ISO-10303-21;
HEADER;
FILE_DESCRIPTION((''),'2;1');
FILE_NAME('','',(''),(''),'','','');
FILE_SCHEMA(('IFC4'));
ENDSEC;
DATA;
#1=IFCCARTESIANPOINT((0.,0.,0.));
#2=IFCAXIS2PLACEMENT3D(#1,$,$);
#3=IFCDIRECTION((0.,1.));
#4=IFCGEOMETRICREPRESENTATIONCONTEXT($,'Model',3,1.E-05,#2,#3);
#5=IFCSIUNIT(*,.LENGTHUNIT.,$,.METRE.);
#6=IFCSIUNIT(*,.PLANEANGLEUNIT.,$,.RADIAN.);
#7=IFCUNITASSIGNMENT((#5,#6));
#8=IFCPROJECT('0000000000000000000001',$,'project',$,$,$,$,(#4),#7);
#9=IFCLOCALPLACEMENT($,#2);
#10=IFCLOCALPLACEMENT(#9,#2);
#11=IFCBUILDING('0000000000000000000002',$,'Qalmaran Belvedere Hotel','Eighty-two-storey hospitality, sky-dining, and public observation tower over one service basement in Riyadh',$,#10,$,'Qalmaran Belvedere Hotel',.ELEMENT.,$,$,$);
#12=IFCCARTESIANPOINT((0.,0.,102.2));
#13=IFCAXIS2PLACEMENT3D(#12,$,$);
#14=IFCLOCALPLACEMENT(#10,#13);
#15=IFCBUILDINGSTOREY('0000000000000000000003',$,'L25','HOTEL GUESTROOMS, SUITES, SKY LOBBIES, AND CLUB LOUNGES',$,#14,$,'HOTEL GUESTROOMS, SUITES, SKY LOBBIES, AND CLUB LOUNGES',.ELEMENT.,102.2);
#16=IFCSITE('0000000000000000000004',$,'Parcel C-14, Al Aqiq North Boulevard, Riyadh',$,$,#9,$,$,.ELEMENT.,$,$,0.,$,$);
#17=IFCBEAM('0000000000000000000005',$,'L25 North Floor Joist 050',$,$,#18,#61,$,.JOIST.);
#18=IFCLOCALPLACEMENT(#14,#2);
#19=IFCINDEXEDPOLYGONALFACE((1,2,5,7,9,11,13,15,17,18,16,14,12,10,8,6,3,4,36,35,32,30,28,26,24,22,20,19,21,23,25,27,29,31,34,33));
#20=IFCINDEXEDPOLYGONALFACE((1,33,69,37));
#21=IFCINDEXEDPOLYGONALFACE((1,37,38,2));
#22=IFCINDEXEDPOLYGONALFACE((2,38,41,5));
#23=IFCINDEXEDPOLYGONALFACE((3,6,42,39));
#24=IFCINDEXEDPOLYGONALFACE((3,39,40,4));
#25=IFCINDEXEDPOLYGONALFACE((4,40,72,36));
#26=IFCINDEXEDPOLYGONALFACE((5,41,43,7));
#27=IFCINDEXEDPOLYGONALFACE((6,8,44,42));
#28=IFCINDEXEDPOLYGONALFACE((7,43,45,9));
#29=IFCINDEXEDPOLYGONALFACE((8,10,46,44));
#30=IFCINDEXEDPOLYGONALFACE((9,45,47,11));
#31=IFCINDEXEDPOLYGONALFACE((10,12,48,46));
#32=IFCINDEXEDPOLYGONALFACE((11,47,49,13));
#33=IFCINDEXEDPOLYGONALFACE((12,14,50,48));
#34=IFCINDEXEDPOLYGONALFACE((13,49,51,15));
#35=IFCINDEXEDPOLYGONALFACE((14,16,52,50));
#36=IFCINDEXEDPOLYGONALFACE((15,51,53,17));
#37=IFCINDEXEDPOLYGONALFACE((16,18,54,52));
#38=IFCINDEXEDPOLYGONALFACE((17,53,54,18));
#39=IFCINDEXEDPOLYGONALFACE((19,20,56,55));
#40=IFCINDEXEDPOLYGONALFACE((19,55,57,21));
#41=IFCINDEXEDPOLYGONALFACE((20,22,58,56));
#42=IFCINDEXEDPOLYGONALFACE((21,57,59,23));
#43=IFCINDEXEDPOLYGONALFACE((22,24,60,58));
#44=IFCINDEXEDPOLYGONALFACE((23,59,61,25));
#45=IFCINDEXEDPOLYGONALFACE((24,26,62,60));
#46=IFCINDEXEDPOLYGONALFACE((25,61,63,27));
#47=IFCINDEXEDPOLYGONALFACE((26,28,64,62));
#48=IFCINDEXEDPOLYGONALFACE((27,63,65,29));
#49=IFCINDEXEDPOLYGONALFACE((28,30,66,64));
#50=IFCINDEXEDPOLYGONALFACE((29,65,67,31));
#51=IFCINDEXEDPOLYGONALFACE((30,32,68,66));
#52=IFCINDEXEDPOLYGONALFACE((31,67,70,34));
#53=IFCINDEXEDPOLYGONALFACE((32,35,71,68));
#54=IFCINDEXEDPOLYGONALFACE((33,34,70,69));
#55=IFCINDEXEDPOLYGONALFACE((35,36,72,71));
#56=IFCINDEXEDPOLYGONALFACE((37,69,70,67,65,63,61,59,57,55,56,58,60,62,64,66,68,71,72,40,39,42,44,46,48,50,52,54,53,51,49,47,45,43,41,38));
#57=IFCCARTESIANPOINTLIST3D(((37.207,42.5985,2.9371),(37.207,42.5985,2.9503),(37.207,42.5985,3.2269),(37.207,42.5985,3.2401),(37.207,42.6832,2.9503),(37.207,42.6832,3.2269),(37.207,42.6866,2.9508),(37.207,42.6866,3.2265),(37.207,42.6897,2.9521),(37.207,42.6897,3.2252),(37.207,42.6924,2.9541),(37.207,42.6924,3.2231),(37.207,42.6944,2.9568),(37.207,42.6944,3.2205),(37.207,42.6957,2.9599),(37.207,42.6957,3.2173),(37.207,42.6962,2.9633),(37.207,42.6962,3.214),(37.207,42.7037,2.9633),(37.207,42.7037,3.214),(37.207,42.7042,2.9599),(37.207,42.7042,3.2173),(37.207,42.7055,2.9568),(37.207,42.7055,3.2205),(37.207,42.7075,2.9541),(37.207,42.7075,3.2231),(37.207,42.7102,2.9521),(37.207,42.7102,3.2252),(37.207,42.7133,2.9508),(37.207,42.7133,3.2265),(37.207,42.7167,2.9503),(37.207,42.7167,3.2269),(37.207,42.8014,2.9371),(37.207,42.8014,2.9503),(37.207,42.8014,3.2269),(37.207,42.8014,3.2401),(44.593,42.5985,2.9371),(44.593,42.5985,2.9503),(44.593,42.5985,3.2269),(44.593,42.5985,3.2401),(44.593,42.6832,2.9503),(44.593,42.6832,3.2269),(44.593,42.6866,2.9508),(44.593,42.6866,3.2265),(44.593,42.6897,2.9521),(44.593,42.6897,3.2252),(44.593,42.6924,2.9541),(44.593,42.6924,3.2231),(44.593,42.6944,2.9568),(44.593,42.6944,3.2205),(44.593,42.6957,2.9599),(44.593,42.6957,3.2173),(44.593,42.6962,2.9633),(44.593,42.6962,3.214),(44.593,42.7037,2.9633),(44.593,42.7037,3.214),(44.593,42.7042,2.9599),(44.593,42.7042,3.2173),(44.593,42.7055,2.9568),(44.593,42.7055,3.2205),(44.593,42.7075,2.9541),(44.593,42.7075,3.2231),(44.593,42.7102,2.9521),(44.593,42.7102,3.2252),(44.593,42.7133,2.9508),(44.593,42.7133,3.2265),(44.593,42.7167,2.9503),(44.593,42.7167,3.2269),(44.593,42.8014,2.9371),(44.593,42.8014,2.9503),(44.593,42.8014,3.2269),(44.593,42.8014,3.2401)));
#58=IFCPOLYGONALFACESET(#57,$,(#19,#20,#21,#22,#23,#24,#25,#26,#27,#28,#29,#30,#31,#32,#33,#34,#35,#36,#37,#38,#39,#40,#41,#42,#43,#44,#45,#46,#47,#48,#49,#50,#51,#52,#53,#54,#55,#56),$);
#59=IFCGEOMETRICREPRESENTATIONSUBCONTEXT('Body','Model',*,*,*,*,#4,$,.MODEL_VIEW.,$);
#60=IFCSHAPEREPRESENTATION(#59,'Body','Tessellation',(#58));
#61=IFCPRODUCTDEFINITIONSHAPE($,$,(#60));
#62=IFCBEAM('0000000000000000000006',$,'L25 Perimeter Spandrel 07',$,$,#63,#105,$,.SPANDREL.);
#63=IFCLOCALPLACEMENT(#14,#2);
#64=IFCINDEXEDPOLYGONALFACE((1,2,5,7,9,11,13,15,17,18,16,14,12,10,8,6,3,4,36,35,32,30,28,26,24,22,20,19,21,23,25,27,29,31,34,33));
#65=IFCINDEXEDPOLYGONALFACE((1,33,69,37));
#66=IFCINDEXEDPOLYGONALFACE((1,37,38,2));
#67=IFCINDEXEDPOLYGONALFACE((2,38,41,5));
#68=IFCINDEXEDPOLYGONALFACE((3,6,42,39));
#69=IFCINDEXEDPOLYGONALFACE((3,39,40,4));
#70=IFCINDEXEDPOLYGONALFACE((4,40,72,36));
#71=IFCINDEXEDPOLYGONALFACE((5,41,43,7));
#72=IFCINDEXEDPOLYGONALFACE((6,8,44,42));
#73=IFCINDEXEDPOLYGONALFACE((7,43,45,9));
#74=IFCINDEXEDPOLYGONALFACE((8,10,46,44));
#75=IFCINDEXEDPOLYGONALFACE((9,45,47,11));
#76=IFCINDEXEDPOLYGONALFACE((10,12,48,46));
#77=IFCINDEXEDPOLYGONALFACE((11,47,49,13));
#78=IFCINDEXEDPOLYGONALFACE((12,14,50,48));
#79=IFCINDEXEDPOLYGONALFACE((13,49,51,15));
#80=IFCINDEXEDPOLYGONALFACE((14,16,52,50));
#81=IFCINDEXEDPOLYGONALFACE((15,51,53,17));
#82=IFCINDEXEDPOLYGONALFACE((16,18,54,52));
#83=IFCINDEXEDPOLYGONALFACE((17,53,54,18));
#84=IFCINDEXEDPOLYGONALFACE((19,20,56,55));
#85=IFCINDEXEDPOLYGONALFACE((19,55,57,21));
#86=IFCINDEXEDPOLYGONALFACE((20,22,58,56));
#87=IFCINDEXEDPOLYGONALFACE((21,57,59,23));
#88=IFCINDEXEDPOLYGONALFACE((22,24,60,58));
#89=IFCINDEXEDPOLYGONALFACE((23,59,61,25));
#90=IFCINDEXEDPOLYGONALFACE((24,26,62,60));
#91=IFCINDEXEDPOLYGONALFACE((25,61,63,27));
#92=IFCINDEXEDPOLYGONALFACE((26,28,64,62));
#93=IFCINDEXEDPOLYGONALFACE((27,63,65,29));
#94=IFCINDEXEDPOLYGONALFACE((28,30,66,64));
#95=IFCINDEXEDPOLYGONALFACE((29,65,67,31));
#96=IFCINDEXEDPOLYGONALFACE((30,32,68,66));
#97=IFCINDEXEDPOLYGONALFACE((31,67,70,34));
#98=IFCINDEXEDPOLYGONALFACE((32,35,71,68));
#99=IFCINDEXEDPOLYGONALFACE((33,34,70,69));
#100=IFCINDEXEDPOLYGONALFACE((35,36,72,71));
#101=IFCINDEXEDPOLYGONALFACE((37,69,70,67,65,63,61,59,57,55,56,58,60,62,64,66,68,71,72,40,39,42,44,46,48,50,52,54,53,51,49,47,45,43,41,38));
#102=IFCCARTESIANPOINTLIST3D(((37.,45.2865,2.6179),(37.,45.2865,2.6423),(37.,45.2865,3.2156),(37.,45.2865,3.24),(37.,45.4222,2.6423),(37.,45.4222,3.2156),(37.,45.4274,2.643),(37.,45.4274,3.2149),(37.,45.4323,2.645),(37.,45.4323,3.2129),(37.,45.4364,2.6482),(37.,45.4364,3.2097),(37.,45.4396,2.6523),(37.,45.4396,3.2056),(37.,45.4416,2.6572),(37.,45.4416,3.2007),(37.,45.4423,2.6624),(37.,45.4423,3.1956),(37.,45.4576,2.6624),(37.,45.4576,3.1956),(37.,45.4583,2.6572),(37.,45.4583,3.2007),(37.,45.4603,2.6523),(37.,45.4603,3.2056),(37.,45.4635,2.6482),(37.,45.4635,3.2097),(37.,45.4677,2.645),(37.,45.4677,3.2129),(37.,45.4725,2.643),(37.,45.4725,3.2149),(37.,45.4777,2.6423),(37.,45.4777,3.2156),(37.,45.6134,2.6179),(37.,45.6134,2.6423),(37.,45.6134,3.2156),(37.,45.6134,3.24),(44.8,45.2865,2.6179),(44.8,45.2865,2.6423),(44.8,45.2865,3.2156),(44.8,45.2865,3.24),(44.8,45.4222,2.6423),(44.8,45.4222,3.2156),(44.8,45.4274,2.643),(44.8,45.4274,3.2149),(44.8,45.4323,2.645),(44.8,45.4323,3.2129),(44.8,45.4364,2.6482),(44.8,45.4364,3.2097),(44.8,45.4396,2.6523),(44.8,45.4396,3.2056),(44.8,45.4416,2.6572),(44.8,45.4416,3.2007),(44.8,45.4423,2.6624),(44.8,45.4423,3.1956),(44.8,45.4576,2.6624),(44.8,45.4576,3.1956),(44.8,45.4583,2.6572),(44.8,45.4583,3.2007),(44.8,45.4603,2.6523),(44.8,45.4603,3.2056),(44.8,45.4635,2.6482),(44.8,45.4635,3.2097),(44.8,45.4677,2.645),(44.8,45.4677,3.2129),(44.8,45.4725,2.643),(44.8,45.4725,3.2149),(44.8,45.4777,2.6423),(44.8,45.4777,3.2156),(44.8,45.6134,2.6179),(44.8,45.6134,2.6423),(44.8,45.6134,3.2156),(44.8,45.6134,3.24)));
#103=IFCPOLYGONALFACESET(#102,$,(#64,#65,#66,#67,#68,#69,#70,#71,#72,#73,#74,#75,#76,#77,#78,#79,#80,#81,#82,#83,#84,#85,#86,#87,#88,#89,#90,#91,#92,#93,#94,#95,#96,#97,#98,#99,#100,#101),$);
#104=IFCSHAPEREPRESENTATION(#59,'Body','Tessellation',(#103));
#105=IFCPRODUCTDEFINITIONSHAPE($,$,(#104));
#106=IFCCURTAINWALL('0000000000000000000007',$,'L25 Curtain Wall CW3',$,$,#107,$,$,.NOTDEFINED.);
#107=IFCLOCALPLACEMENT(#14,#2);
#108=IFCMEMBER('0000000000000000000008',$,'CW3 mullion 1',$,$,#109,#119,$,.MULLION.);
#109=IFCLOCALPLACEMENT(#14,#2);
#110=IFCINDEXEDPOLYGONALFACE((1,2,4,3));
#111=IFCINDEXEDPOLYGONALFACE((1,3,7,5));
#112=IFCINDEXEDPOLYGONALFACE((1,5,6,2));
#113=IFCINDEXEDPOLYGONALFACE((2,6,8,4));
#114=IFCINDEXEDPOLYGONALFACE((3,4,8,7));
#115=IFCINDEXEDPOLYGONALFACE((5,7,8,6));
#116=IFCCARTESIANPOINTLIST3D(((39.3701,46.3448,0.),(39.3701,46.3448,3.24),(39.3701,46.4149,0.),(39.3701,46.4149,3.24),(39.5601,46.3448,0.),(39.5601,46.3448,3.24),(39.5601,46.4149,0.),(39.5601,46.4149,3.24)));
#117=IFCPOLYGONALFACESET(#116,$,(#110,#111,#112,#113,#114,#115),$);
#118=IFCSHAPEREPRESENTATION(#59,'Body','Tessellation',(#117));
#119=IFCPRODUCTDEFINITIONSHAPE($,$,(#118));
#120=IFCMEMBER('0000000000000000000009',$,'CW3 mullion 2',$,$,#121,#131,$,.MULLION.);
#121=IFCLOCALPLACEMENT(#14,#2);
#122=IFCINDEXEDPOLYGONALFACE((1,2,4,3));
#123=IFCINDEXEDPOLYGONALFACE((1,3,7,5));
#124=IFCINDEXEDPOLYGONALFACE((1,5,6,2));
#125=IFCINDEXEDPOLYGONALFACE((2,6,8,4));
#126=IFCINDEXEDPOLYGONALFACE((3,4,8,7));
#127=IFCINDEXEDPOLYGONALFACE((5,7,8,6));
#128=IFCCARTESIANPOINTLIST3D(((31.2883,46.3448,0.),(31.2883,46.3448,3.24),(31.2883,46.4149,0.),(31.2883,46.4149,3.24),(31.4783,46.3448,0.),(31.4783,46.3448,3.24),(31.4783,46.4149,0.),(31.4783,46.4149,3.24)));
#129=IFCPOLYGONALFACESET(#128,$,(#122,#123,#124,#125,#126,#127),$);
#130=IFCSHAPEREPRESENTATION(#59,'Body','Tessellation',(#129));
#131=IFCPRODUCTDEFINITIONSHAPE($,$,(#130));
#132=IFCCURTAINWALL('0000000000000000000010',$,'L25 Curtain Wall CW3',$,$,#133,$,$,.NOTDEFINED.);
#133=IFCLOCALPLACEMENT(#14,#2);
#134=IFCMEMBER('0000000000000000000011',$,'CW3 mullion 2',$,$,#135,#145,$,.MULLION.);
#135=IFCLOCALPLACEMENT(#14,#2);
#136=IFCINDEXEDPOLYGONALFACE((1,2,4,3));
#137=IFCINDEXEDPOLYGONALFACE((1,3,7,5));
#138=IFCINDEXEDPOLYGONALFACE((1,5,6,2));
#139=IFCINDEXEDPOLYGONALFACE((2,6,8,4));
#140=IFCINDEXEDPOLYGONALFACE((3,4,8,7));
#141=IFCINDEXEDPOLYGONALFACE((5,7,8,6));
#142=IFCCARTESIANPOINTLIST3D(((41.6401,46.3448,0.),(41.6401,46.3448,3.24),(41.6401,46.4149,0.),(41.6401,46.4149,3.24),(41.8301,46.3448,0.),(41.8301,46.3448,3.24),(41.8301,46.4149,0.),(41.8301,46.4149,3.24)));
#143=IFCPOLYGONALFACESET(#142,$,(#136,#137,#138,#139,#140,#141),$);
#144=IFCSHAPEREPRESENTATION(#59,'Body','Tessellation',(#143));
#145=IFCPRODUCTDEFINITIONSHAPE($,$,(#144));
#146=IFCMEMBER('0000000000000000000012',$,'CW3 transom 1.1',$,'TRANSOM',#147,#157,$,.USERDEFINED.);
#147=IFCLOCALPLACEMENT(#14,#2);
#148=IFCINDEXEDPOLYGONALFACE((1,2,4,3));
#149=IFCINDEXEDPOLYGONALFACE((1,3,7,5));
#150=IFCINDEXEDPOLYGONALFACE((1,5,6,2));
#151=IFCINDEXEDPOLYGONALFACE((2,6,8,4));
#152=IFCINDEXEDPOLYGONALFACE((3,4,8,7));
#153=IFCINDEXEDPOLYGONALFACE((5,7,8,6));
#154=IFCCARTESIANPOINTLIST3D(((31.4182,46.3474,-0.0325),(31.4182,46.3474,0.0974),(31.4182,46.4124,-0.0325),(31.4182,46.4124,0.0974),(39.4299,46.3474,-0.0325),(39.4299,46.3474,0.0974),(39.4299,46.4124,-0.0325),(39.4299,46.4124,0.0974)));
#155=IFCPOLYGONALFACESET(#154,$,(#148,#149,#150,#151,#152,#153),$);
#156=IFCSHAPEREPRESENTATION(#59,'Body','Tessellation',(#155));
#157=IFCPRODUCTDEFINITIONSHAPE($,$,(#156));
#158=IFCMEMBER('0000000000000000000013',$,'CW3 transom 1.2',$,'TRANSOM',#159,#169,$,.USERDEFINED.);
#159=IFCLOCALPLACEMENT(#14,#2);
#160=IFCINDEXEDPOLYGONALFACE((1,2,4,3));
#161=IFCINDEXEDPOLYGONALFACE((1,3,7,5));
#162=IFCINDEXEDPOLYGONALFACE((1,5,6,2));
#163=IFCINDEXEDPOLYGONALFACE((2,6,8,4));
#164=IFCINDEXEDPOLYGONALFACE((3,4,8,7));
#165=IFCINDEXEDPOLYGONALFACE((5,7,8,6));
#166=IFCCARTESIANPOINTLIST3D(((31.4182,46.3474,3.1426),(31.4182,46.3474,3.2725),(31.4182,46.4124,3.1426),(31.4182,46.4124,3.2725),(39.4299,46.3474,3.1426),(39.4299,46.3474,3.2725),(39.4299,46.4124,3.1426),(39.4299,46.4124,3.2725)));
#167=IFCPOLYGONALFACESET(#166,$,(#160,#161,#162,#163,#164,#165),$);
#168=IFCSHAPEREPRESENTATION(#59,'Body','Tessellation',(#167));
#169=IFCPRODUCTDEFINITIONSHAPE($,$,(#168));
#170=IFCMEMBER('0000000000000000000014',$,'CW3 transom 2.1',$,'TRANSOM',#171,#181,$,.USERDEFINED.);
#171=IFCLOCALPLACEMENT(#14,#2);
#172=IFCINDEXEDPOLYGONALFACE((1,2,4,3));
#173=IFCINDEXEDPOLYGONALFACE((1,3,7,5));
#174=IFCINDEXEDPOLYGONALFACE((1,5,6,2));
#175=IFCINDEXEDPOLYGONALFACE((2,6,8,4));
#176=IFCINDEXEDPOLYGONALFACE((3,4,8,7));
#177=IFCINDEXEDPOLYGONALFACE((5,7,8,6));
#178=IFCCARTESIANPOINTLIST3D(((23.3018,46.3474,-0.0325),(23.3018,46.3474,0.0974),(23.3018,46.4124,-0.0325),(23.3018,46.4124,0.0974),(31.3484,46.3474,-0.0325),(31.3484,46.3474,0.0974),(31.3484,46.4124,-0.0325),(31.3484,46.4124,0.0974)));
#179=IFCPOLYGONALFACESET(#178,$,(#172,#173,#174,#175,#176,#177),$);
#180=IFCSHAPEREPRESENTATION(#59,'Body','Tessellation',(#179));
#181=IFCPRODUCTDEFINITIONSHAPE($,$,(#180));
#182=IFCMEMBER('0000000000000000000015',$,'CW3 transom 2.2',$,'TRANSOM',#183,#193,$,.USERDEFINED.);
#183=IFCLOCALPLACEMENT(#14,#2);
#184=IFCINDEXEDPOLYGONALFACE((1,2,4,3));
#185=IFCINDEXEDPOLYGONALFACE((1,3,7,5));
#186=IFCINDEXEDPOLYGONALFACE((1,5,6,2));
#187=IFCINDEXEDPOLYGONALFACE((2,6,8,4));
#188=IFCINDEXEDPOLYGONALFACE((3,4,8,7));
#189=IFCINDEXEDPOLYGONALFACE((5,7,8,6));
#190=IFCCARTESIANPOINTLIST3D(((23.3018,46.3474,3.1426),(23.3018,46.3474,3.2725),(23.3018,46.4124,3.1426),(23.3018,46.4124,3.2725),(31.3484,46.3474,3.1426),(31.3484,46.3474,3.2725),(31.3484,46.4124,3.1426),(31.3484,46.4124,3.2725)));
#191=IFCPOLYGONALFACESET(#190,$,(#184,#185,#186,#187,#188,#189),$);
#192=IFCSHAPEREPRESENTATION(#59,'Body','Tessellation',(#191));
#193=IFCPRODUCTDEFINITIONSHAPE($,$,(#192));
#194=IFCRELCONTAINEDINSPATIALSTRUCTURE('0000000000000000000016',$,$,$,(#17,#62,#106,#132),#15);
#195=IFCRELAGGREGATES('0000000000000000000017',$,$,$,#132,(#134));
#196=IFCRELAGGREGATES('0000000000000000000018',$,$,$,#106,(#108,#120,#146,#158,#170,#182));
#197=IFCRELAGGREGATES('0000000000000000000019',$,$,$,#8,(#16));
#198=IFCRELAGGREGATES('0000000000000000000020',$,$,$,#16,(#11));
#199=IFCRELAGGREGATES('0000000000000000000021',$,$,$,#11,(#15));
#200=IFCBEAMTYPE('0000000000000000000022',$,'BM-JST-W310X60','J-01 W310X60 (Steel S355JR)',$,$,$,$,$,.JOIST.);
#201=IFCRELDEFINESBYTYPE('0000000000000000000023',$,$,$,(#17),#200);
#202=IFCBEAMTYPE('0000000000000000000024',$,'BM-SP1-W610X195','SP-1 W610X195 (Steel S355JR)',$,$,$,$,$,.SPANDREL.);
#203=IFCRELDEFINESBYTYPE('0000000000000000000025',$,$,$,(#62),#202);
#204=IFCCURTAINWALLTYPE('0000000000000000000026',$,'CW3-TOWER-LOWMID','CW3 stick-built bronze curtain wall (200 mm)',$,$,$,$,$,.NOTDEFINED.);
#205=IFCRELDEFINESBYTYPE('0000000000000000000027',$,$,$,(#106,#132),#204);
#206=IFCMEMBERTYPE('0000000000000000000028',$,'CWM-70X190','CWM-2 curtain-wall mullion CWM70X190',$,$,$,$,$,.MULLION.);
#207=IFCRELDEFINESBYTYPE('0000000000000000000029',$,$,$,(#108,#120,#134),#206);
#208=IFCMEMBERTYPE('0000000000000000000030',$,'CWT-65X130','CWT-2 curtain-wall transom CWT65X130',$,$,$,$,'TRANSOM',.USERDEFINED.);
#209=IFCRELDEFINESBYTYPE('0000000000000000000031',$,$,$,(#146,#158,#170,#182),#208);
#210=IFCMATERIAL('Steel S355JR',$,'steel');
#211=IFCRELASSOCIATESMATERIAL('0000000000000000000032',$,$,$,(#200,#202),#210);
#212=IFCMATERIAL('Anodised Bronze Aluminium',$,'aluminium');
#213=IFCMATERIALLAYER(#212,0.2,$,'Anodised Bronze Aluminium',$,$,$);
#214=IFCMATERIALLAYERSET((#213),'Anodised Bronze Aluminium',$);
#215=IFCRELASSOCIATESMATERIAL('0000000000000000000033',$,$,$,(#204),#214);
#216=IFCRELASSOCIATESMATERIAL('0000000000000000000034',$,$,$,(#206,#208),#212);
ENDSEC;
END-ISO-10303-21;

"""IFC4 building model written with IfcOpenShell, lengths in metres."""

from ifc_helpers import new_model, si_unit, direction, frame, origin, origin_2d, place, context, subcontext, project, spatial, rectangle, i_section, extrude, material, layer, layer_set, material_profile, profile_set, type_object, element, aggregate, save


model = new_model("IFC4")

# Units and contexts
model_context = context("Model", 3, precision=1e-05, world=origin(), true_north=direction((0.0, 1.0)))
body_context = subcontext(model_context, "Body", "Model", "MODEL_VIEW")
ifc_project = project(units=[si_unit("LENGTHUNIT", "METRE"), si_unit("PLANEANGLEUNIT", "RADIAN")], contexts=[model_context])

# Site, building, storey
site_placement = place(None, origin())
site = spatial("IfcSite", under=ifc_project, at=site_placement, Name="Parcel C-14, Al Aqiq North Boulevard, Riyadh", CompositionType="ELEMENT", RefElevation=0.0)
building_placement = place(site_placement, origin())
building = spatial("IfcBuilding", under=site, at=building_placement, Name="Qalmaran Belvedere Hotel", Description="Eighty-two-storey hospitality, sky-dining, and public observation tower over one service basement in Riyadh", LongName="Qalmaran Belvedere Hotel", CompositionType="ELEMENT")
storey_placement = place(building_placement, frame((0.0, 0.0, 102.2)))
storey = spatial("IfcBuildingStorey", under=building, at=storey_placement, Name="L25", Description="HOTEL GUESTROOMS, SUITES, SKY LOBBIES, AND CLUB LOUNGES", LongName="HOTEL GUESTROOMS, SUITES, SKY LOBBIES, AND CLUB LOUNGES", CompositionType="ELEMENT", Elevation=102.2)

# Beams
ifc_material_1 = material(Name="Steel S355JR", Category="steel")
ifc_material_profile_1 = material_profile(ifc_material_1, i_section(OverallWidth=0.2029, OverallDepth=0.303, WebThickness=0.0076, FlangeThickness=0.0132, FilletRadius=0.0129, at=origin_2d()), Name="W310X60")
ifc_profile_set_1 = profile_set([ifc_material_profile_1], Name="Steel S355JR")
beam_type_1 = type_object("IfcBeamType", Name="BM-JST-W310X60", Description="J-01 W310X60 (Steel S355JR)", PredefinedType="JOIST", material=ifc_profile_set_1)
for number, where, z_axis, x_axis, name in (
    (1, (37.207, 42.7, 3.0886), (1.0, 0.0, 0.0), (0.0, 1.0, 0.0), "L25 North Floor Joist 050"),
):
    element("IfcBeam", number, at=place(storey_placement, frame(where, z_axis=z_axis, x_axis=x_axis)), inside=storey, type_object=beam_type_1, Name=name, PredefinedType="JOIST", context=body_context, shape_type="SweptSolid", body=[
        extrude(i_section(OverallWidth=0.2029, OverallDepth=0.303, WebThickness=0.0076, FlangeThickness=0.0132, FilletRadius=0.0129, at=origin_2d()), origin(), (0.0, 0.0, 1.0), 7.386),
    ])
ifc_material_profile_2 = material_profile(ifc_material_1, i_section(OverallWidth=0.3269, OverallDepth=0.6221, WebThickness=0.0154, FlangeThickness=0.0244, FilletRadius=0.02, at=origin_2d()), Name="W610X195")
ifc_profile_set_2 = profile_set([ifc_material_profile_2], Name="Steel S355JR")
beam_type_2 = type_object("IfcBeamType", Name="BM-SP1-W610X195", Description="SP-1 W610X195 (Steel S355JR)", PredefinedType="SPANDREL", material=ifc_profile_set_2)
beam_placement = place(storey_placement, frame((37.0, 45.45, 2.929), z_axis=(1.0, 0.0, 0.0), x_axis=(0.0, 1.0, 0.0)))
element("IfcBeam", 2, at=beam_placement, inside=storey, type_object=beam_type_2, Name="L25 Perimeter Spandrel 07", PredefinedType="SPANDREL", context=body_context, shape_type="SweptSolid", body=[
    extrude(i_section(OverallWidth=0.3269, OverallDepth=0.6221, WebThickness=0.0154, FlangeThickness=0.0244, FilletRadius=0.02, at=origin_2d()), origin(), (0.0, 0.0, 1.0), 7.8),
])

# Curtain wall, members
ifc_material_2 = material(Name="Anodised Bronze Aluminium", Category="aluminium")
ifc_layer_1 = layer(ifc_material_2, 0.2, Name="Anodised Bronze Aluminium")
ifc_layer_set_1 = layer_set([ifc_layer_1], Name="Anodised Bronze Aluminium")
curtain_wall_type = type_object("IfcCurtainWallType", Name="CW3-TOWER-LOWMID", Description="CW3 stick-built bronze curtain wall (200 mm)", PredefinedType="NOTDEFINED", material=ifc_layer_set_1)
curtain_wall_1_placement = place(storey_placement, origin())
curtain_wall_1 = element("IfcCurtainWall", 3, at=curtain_wall_1_placement, inside=storey, type_object=curtain_wall_type, Name="L25 Curtain Wall CW3", PredefinedType="NOTDEFINED")
ifc_material_profile_3 = material_profile(ifc_material_2, rectangle(XDim=0.0701, YDim=0.1899, at=origin_2d()), Name="CWM70X190")
ifc_profile_set_3 = profile_set([ifc_material_profile_3], Name="Anodised Bronze Aluminium")
member_type_1 = type_object("IfcMemberType", Name="CWM-70X190", Description="CWM-2 curtain-wall mullion CWM70X190", PredefinedType="MULLION", material=ifc_profile_set_3)
member_1_placement = place(storey_placement, frame((39.4651, 46.3799, 0.0), z_axis=(0.0, 0.0, 1.0), x_axis=(0.0, -1.0, 0.0)))
member_1 = element("IfcMember", 4, at=member_1_placement, type_object=member_type_1, Name="CW3 mullion 1", PredefinedType="MULLION", context=body_context, shape_type="SweptSolid", body=[
    extrude(rectangle(XDim=0.0701, YDim=0.1899, at=origin_2d()), origin(), (0.0, 0.0, 1.0), 3.24),
])
member_2_placement = place(storey_placement, frame((31.3833, 46.3799, 0.0), z_axis=(0.0, 0.0, 1.0), x_axis=(0.0, -1.0, 0.0)))
member_2 = element("IfcMember", 5, at=member_2_placement, type_object=member_type_1, Name="CW3 mullion 2", PredefinedType="MULLION", context=body_context, shape_type="SweptSolid", body=[
    extrude(rectangle(XDim=0.0701, YDim=0.1899, at=origin_2d()), origin(), (0.0, 0.0, 1.0), 3.24),
])

# Curtain wall, member
curtain_wall_2_placement = place(storey_placement, origin())
curtain_wall_2 = element("IfcCurtainWall", 6, at=curtain_wall_2_placement, inside=storey, type_object=curtain_wall_type, Name="L25 Curtain Wall CW3", PredefinedType="NOTDEFINED")
member_3_placement = place(storey_placement, frame((41.7351, 46.3799, 0.0), z_axis=(0.0, 0.0, 1.0), x_axis=(0.0, -1.0, 0.0)))
member_3 = element("IfcMember", 7, at=member_3_placement, type_object=member_type_1, Name="CW3 mullion 2", PredefinedType="MULLION", context=body_context, shape_type="SweptSolid", body=[
    extrude(rectangle(XDim=0.0701, YDim=0.1899, at=origin_2d()), origin(), (0.0, 0.0, 1.0), 3.24),
])
aggregate(curtain_wall_2, [member_3])

# Members
ifc_material_profile_4 = material_profile(ifc_material_2, rectangle(XDim=0.0649, YDim=0.1299, at=origin_2d()), Name="CWT65X130")
ifc_profile_set_4 = profile_set([ifc_material_profile_4], Name="Anodised Bronze Aluminium")
member_type_2 = type_object("IfcMemberType", Name="CWT-65X130", Description="CWT-2 curtain-wall transom CWT65X130", ElementType="TRANSOM", PredefinedType="USERDEFINED", material=ifc_profile_set_4)
member_4_placement = place(storey_placement, frame((39.4299, 46.3799, 0.0325), z_axis=(-1.0, 0.0, 0.0), x_axis=(0.0, -1.0, 0.0)))
member_4 = element("IfcMember", 8, at=member_4_placement, type_object=member_type_2, Name="CW3 transom 1.1", ObjectType="TRANSOM", PredefinedType="USERDEFINED", context=body_context, shape_type="SweptSolid", body=[
    extrude(rectangle(XDim=0.0649, YDim=0.1299, at=origin_2d()), origin(), (0.0, 0.0, 1.0), 8.0117),
])
member_5_placement = place(storey_placement, frame((39.4299, 46.3799, 3.2075), z_axis=(-1.0, 0.0, 0.0), x_axis=(0.0, -1.0, 0.0)))
member_5 = element("IfcMember", 9, at=member_5_placement, type_object=member_type_2, Name="CW3 transom 1.2", ObjectType="TRANSOM", PredefinedType="USERDEFINED", context=body_context, shape_type="SweptSolid", body=[
    extrude(rectangle(XDim=0.0649, YDim=0.1299, at=origin_2d()), origin(), (0.0, 0.0, 1.0), 8.0117),
])
member_6_placement = place(storey_placement, frame((31.3484, 46.3799, 0.0325), z_axis=(-1.0, 0.0, 0.0), x_axis=(0.0, -1.0, 0.0)))
member_6 = element("IfcMember", 10, at=member_6_placement, type_object=member_type_2, Name="CW3 transom 2.1", ObjectType="TRANSOM", PredefinedType="USERDEFINED", context=body_context, shape_type="SweptSolid", body=[
    extrude(rectangle(XDim=0.0649, YDim=0.1299, at=origin_2d()), origin(), (0.0, 0.0, 1.0), 8.0466),
])
member_7_placement = place(storey_placement, frame((31.3484, 46.3799, 3.2075), z_axis=(-1.0, 0.0, 0.0), x_axis=(0.0, -1.0, 0.0)))
member_7 = element("IfcMember", 11, at=member_7_placement, type_object=member_type_2, Name="CW3 transom 2.2", ObjectType="TRANSOM", PredefinedType="USERDEFINED", context=body_context, shape_type="SweptSolid", body=[
    extrude(rectangle(XDim=0.0649, YDim=0.1299, at=origin_2d()), origin(), (0.0, 0.0, 1.0), 8.0466),
])

aggregate(curtain_wall_1, [member_1, member_2, member_4, member_5, member_6, member_7])

save(model, "model.ifc")
